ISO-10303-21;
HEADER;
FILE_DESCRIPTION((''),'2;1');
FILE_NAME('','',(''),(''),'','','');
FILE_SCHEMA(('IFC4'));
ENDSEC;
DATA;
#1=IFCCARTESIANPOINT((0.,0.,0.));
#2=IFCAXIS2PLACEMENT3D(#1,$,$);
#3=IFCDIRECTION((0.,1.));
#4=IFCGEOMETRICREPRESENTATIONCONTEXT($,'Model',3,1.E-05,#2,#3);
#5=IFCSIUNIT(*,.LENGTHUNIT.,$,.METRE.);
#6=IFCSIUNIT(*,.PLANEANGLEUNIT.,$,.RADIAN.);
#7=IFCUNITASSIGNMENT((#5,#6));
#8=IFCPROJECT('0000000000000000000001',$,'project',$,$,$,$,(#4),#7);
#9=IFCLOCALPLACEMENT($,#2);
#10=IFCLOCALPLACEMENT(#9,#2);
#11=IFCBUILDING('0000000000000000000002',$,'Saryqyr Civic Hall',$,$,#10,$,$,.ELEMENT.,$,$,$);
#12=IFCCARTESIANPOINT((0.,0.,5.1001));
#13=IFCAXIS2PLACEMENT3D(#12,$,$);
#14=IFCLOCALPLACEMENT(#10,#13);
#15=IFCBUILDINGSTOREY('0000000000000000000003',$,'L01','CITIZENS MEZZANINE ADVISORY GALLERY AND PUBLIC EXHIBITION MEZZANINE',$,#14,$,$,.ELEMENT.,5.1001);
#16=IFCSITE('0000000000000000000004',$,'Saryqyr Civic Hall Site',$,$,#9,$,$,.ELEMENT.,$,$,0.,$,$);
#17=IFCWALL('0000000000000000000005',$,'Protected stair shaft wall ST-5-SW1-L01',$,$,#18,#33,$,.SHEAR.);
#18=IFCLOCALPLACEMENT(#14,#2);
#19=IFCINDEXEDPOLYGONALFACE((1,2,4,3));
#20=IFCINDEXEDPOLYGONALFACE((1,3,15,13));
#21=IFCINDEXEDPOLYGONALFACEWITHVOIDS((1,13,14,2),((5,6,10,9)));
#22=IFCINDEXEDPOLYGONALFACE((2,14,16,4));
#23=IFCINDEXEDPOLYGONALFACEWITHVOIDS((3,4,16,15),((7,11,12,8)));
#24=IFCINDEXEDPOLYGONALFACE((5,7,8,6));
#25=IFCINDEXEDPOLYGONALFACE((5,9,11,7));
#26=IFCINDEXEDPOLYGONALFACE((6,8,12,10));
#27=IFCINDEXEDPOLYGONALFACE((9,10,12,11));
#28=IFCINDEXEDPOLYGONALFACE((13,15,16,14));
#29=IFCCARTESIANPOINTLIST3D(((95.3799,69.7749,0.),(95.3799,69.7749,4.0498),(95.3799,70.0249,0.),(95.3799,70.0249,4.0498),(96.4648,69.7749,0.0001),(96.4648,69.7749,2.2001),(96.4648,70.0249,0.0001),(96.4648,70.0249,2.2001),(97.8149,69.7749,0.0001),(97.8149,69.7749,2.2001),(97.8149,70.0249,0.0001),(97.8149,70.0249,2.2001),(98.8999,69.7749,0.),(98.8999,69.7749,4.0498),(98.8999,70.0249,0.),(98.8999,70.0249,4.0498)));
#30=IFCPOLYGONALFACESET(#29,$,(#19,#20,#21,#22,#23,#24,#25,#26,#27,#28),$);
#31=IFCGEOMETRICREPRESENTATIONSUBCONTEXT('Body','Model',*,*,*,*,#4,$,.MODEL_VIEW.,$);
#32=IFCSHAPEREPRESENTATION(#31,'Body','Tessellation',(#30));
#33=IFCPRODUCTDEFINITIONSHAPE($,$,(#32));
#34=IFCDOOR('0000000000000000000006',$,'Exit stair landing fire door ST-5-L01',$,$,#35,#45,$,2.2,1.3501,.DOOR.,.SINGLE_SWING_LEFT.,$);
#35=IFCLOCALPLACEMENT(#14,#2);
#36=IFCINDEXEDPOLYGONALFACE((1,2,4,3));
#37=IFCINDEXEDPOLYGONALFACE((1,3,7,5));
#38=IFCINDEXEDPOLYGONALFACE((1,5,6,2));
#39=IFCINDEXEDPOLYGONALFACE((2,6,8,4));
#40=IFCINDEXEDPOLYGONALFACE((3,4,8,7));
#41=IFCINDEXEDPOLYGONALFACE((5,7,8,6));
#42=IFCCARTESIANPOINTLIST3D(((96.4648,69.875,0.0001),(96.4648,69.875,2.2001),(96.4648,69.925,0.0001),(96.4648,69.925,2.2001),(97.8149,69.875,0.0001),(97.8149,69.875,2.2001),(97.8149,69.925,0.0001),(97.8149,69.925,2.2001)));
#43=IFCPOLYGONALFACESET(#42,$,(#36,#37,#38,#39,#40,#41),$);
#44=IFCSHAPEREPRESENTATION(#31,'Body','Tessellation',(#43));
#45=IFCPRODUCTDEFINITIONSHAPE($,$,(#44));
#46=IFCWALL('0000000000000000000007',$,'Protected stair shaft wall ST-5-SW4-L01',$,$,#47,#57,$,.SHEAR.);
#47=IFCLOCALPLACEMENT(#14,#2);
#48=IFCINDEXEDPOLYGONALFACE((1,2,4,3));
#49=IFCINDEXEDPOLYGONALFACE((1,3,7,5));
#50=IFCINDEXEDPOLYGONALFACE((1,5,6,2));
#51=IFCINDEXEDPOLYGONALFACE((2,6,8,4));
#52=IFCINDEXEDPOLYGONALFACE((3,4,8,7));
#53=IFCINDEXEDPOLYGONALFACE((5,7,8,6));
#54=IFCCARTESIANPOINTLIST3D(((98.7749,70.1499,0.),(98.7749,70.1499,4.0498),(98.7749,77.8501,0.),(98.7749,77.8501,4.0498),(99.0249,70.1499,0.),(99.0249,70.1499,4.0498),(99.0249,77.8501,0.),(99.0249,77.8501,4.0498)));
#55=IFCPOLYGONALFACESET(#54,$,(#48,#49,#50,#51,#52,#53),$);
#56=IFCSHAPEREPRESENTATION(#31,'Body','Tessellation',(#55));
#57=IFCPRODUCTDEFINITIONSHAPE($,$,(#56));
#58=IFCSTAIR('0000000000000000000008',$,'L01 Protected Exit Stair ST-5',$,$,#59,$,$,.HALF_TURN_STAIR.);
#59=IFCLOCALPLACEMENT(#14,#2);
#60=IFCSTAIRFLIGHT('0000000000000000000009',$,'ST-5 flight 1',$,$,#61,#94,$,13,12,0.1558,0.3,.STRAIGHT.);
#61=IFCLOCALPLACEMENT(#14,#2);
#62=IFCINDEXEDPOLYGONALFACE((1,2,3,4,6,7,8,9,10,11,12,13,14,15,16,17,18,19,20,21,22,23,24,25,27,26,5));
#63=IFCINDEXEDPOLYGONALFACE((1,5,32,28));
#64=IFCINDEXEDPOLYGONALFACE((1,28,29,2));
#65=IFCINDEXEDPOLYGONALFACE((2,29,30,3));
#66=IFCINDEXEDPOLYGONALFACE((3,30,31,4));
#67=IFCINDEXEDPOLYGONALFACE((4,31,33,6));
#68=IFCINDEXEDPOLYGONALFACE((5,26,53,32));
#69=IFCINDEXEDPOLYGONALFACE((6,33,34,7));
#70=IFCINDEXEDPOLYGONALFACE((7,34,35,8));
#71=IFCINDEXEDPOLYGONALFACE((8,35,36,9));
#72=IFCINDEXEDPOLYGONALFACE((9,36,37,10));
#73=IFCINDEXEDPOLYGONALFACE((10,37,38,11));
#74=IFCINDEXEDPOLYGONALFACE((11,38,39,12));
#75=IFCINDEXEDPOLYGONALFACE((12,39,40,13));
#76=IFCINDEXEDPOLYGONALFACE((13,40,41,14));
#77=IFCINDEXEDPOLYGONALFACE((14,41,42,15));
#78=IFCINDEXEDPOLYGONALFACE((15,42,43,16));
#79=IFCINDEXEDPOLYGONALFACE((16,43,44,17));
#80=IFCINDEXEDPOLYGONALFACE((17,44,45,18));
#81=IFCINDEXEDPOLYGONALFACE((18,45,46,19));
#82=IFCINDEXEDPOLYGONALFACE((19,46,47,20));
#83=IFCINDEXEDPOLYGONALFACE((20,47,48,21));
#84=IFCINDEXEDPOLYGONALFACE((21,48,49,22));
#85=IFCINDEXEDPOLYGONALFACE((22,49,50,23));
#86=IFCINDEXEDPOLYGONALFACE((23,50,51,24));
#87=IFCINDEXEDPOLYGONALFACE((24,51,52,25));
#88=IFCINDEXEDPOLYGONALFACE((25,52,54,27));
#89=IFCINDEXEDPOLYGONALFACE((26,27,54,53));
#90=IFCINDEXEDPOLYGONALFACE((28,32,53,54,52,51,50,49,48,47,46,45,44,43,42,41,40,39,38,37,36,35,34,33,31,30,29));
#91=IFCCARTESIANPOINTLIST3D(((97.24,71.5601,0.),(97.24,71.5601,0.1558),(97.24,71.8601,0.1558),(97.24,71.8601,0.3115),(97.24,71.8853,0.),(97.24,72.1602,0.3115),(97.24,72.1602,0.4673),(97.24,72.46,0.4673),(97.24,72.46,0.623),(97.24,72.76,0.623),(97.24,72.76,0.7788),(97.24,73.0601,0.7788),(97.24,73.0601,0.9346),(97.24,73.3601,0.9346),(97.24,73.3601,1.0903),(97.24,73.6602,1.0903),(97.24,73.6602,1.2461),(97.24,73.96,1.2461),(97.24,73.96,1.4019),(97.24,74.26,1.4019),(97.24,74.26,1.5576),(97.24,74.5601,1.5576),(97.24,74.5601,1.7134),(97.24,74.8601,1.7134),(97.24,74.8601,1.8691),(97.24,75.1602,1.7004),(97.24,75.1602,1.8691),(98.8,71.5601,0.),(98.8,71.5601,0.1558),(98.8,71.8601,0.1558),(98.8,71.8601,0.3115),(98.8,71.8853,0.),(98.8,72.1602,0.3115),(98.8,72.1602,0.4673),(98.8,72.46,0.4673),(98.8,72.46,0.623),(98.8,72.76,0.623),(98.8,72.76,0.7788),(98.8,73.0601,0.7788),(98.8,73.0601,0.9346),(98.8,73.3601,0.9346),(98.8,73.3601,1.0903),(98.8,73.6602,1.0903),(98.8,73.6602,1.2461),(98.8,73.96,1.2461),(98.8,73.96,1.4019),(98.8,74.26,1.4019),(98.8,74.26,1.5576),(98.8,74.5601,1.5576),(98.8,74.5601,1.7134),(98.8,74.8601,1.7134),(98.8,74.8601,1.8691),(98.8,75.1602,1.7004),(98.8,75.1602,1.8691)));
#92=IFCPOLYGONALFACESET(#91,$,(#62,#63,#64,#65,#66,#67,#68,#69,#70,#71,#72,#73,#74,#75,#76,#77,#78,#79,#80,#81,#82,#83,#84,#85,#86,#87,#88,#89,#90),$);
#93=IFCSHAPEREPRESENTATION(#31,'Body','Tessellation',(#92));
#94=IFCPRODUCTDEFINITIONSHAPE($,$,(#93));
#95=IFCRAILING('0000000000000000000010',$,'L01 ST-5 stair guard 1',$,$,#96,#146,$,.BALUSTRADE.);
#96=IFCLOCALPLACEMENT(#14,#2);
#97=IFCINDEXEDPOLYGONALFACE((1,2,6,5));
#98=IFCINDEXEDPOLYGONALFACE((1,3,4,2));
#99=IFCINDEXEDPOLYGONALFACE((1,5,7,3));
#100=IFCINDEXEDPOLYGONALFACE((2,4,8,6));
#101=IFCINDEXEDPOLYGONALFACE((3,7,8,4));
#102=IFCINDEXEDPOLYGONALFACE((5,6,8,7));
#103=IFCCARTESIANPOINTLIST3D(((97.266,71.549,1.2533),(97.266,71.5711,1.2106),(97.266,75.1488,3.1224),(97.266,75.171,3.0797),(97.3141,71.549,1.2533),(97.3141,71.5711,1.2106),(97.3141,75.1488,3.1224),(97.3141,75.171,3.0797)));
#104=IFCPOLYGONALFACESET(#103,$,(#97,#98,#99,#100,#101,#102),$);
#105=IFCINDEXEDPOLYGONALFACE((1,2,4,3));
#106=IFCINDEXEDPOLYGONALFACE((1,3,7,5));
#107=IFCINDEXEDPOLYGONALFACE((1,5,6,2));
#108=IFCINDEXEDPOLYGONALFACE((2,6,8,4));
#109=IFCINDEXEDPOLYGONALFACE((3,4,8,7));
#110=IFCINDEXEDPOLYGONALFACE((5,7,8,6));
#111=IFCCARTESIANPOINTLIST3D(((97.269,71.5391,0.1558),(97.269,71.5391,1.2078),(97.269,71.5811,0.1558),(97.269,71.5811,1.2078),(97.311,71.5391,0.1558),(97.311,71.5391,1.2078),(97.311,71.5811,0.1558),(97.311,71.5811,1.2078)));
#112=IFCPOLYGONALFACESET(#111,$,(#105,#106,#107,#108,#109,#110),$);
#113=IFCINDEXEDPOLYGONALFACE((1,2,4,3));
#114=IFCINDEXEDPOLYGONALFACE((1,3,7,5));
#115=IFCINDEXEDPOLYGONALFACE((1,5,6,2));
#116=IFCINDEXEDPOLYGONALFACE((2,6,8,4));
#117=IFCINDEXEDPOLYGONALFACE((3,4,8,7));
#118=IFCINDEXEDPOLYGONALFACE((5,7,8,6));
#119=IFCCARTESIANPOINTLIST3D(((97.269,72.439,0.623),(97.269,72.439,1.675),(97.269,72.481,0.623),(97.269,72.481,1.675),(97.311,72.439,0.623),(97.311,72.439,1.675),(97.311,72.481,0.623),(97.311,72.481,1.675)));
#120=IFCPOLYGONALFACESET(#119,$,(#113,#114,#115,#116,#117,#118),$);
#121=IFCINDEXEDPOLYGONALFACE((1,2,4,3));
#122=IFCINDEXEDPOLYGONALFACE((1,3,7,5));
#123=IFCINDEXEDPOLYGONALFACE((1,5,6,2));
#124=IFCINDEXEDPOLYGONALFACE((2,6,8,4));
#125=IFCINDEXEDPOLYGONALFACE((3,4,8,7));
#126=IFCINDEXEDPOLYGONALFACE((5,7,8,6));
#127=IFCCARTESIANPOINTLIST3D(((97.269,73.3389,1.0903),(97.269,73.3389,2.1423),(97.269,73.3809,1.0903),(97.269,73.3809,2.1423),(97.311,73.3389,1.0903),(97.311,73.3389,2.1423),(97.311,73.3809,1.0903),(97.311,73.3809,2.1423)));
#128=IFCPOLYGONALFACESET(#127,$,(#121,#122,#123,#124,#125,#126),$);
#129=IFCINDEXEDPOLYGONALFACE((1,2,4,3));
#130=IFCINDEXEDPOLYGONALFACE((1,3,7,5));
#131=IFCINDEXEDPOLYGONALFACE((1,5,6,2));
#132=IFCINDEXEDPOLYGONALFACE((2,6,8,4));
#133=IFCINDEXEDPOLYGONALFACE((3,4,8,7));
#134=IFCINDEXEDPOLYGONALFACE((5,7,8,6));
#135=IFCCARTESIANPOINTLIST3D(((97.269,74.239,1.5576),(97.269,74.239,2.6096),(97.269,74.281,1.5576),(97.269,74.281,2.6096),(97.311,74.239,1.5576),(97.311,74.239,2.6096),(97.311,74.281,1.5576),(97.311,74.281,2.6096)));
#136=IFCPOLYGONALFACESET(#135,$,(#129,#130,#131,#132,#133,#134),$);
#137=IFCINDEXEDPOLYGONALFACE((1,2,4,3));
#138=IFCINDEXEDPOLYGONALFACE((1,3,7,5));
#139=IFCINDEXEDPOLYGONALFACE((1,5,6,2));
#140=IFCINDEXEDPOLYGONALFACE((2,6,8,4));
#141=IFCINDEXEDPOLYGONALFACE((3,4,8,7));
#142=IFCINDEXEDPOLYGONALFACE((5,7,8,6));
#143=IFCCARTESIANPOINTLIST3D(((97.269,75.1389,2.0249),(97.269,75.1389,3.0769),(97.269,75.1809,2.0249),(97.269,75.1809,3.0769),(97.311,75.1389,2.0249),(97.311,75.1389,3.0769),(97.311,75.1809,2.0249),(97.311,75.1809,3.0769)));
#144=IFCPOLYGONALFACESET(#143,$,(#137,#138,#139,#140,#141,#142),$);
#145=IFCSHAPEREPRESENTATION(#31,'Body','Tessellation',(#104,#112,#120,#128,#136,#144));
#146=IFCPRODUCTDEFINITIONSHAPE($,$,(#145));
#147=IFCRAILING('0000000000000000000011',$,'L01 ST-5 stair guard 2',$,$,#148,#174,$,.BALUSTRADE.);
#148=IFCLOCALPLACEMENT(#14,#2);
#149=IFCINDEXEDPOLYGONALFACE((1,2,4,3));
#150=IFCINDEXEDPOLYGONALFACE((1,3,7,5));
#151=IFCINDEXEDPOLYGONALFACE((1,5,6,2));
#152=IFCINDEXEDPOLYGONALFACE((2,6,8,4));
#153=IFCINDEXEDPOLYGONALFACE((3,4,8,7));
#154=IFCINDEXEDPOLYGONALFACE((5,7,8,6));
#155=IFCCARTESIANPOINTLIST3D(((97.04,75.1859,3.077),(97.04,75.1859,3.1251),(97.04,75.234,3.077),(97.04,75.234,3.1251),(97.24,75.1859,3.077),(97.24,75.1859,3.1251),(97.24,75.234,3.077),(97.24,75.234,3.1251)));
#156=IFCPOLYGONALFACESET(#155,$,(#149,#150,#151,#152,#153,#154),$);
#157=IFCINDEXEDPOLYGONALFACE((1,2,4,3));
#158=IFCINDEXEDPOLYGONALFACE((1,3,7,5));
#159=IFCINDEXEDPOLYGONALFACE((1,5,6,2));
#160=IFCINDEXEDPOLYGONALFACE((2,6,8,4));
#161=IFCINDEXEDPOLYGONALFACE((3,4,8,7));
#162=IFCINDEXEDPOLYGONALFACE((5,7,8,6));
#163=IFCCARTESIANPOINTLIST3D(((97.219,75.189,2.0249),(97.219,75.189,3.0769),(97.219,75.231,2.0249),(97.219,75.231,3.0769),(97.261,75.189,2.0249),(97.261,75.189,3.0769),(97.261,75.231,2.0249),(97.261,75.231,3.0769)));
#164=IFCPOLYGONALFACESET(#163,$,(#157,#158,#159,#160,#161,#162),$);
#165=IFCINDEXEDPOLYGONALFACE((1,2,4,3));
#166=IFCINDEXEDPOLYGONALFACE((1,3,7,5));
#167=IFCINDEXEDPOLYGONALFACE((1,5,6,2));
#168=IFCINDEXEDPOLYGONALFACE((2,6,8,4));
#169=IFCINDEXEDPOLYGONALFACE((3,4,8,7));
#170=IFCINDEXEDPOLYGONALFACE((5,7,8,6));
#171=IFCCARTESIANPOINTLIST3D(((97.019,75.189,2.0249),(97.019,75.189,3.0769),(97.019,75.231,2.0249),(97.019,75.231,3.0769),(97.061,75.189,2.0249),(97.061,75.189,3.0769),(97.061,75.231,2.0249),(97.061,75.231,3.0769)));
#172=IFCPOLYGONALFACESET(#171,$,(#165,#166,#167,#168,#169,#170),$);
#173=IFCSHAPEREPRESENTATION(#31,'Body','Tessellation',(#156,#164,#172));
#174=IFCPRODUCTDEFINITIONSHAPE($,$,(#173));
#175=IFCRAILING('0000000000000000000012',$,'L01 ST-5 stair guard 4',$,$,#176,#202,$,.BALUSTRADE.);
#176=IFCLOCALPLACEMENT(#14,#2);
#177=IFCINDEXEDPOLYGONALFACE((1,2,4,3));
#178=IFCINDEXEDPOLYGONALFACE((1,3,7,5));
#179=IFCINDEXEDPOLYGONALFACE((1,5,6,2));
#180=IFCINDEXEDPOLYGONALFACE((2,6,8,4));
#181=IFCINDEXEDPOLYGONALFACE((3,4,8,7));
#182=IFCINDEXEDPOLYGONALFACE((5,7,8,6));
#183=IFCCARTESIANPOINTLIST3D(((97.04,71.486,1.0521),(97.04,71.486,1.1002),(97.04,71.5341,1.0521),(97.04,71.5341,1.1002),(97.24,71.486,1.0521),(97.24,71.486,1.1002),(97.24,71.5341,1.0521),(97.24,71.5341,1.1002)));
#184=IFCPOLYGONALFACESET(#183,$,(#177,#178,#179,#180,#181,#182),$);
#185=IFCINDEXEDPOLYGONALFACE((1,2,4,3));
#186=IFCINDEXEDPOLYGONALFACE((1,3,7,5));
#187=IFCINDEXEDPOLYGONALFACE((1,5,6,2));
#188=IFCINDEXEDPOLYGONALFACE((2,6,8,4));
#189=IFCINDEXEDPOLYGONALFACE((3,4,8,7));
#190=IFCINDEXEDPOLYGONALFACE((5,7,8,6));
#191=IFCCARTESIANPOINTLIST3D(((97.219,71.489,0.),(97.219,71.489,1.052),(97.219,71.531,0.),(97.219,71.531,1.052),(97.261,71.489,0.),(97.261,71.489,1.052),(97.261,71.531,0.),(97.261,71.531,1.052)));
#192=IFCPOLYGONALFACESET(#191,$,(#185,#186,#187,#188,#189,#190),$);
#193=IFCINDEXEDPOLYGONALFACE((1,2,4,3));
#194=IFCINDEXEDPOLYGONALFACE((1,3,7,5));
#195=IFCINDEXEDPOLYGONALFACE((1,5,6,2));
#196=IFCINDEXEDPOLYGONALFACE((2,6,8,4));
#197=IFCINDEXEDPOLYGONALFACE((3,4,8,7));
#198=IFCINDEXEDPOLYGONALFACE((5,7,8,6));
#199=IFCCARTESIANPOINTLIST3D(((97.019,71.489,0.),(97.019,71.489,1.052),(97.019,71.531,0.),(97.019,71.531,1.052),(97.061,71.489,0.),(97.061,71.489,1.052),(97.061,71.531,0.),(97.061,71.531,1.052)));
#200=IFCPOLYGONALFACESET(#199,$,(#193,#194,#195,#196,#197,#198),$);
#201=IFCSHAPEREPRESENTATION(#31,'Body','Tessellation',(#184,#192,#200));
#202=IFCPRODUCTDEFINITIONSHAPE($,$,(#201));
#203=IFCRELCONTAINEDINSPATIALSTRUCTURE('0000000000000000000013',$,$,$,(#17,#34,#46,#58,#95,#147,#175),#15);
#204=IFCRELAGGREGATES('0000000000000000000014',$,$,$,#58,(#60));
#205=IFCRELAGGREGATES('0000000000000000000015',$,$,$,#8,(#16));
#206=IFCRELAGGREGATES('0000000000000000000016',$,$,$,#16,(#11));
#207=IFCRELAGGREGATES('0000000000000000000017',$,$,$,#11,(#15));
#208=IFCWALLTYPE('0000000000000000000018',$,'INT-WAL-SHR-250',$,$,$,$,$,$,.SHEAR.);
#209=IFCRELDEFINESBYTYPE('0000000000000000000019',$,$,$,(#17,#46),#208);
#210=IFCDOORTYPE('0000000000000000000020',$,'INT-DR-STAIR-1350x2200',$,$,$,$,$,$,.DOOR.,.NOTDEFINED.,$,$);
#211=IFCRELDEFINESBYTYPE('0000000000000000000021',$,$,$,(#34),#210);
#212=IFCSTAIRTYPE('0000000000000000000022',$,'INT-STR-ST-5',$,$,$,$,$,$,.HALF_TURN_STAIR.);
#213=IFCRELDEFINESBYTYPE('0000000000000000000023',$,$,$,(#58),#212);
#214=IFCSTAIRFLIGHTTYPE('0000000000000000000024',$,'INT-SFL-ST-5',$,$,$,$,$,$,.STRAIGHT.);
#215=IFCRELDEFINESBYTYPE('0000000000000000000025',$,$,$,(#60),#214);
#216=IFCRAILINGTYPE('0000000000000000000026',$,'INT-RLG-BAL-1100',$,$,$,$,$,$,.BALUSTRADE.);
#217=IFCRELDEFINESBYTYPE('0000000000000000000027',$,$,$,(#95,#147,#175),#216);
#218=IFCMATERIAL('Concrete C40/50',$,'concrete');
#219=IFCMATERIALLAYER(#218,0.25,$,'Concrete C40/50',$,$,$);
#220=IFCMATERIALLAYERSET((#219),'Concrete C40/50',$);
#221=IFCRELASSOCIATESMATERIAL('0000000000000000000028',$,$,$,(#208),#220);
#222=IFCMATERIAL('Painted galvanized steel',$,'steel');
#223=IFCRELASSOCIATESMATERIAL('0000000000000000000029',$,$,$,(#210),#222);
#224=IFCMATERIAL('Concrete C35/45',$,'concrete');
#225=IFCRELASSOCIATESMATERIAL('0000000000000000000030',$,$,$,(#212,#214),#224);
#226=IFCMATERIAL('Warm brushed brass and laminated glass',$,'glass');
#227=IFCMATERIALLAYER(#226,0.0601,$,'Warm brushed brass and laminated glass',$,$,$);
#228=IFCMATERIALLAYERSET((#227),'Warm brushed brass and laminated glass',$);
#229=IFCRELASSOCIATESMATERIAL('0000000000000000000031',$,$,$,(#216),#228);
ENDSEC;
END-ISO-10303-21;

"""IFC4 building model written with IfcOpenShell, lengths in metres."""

from ifc_helpers import new_model, si_unit, direction, frame, frame_2d, origin, origin_2d, place, context, subcontext, project, spatial, polyline, rectangle, outline, extrude, material, layer, layer_set, type_object, element, fill, aggregate, save


model = new_model("IFC4")

# Units and contexts
model_context = context("Model", 3, precision=1e-05, world=origin(), true_north=direction((0.0, 1.0)))
body_context = subcontext(model_context, "Body", "Model", "MODEL_VIEW")
ifc_project = project(units=[si_unit("LENGTHUNIT", "METRE"), si_unit("PLANEANGLEUNIT", "RADIAN")], contexts=[model_context])

# Site, building, storey
site_placement = place(None, origin())
site = spatial("IfcSite", under=ifc_project, at=site_placement, Name="Saryqyr Civic Hall Site", CompositionType="ELEMENT", RefElevation=0.0)
building_placement = place(site_placement, origin())
building = spatial("IfcBuilding", under=site, at=building_placement, Name="Saryqyr Civic Hall", CompositionType="ELEMENT")
storey_placement = place(building_placement, frame((0.0, 0.0, 5.1001)))
storey = spatial("IfcBuildingStorey", under=building, at=storey_placement, Name="L01", Description="CITIZENS MEZZANINE ADVISORY GALLERY AND PUBLIC EXHIBITION MEZZANINE", CompositionType="ELEMENT", Elevation=5.1001)

# Shared definitions
ifc_material_1 = material(Name="Concrete C40/50", Category="concrete")

# Shared definitions
ifc_material_2 = material(Name="Concrete C35/45", Category="concrete")

# Wall, opening, door
ifc_layer_1 = layer(ifc_material_1, 0.25, Name="Concrete C40/50")
ifc_layer_set_1 = layer_set([ifc_layer_1], Name="Concrete C40/50")
wall_type_1 = type_object("IfcWallType", Name="INT-WAL-SHR-250", PredefinedType="SHEAR", material=ifc_layer_set_1)
wall_1_placement = place(storey_placement, frame((98.8999, 69.8999, 0.0), z_axis=(0.0, 0.0, 1.0), x_axis=(-1.0, 0.0, 0.0)))
wall_1 = element("IfcWall", 1, at=wall_1_placement, inside=storey, type_object=wall_type_1, Name="Protected stair shaft wall ST-5-SW1-L01", PredefinedType="SHEAR", context=body_context, shape_type="SweptSolid", body=[
    extrude(rectangle(XDim=3.52, YDim=0.25, at=frame_2d((1.76, 0.0))), origin(), (0.0, 0.0, 1.0), 4.0498),
])
opening_1_placement = place(wall_1_placement, frame((1.085, 0.0, 0.0)))
opening_1 = element("IfcOpeningElement", 2, at=opening_1_placement, cuts=wall_1, PredefinedType="OPENING", context=body_context, shape_type="SweptSolid", body=[
    extrude(rectangle(XDim=1.3501, YDim=2.2, at=frame_2d((0.675, 1.1001))), frame((0.0, 0.135, 0.0), z_axis=(0.0, -1.0, 0.0), x_axis=(1.0, 0.0, 0.0)), (0.0, 0.0, 1.0), 0.27),
])
ifc_material_3 = material(Name="Painted galvanized steel", Category="steel")
door_type = type_object("IfcDoorType", Name="INT-DR-STAIR-1350x2200", OperationType="NOTDEFINED", PredefinedType="DOOR", material=ifc_material_3)
door_placement = place(opening_1_placement, origin())
door = element("IfcDoor", 3, at=door_placement, inside=storey, type_object=door_type, Name="Exit stair landing fire door ST-5-L01", OperationType="SINGLE_SWING_LEFT", OverallHeight=2.2, OverallWidth=1.3501, PredefinedType="DOOR", context=body_context, shape_type="SweptSolid", body=[
    extrude(rectangle(XDim=1.3501, YDim=2.2, at=frame_2d((0.675, 1.1001))), frame((0.0, 0.0249, 0.0), z_axis=(0.0, -1.0, 0.0), x_axis=(1.0, 0.0, 0.0)), (0.0, 0.0, 1.0), 0.05),
])
fill(opening_1, door)

# Wall
wall_2_placement = place(storey_placement, frame((98.8999, 77.8501, 0.0), z_axis=(0.0, 0.0, 1.0), x_axis=(0.0, -1.0, 0.0)))
element("IfcWall", 4, at=wall_2_placement, inside=storey, type_object=wall_type_1, Name="Protected stair shaft wall ST-5-SW4-L01", PredefinedType="SHEAR", context=body_context, shape_type="SweptSolid", body=[
    extrude(rectangle(XDim=7.7002, YDim=0.25, at=frame_2d((3.8501, 0.0))), origin(), (0.0, 0.0, 1.0), 4.0498),
])

# Stair, stair flight
stair_type = type_object("IfcStairType", Name="INT-STR-ST-5", PredefinedType="HALF_TURN_STAIR", material=ifc_material_2)
stair_placement = place(storey_placement, origin())
stair = element("IfcStair", 5, at=stair_placement, inside=storey, type_object=stair_type, Name="L01 Protected Exit Stair ST-5", PredefinedType="HALF_TURN_STAIR")
stair_flight_type = type_object("IfcStairFlightType", Name="INT-SFL-ST-5", PredefinedType="STRAIGHT", material=ifc_material_2)
stair_flight_placement = place(storey_placement, frame((98.02, 71.5601, 0.0), z_axis=(0.0, 0.0, 1.0), x_axis=(0.0, 1.0, 0.0)))
stair_flight = element("IfcStairFlight", 6, at=stair_flight_placement, type_object=stair_flight_type, Name="ST-5 flight 1", NumberOfRisers=13, NumberOfTreads=12, PredefinedType="STRAIGHT", RiserHeight=0.1558, TreadLength=0.3, context=body_context, shape_type="SweptSolid", body=[
    extrude(outline(polyline([(0.0, 0.0), (0.0, 0.1558), (0.3, 0.1558), (0.3, 0.3115), (0.6001, 0.3115), (0.6001, 0.4673), (0.8999, 0.4673), (0.8999, 0.623), (1.2, 0.623), (1.2, 0.7788), (1.5, 0.7788), (1.5, 0.9346), (1.8, 0.9346), (1.8, 1.0903), (2.1001, 1.0903), (2.1001, 1.2461), (2.3999, 1.2461), (2.3999, 1.4019), (2.7, 1.4019), (2.7, 1.5576), (3.0, 1.5576), (3.0, 1.7134), (3.3, 1.7134), (3.3, 1.8691), (3.6001, 1.8691), (3.6001, 2.0249), (3.6001, 1.7004), (0.3252, 0.0), (0.0, 0.0)])), frame((0.0, 0.78, 0.0), z_axis=(0.0, -1.0, 0.0), x_axis=(1.0, 0.0, 0.0)), (0.0, 0.0, 1.0), 1.5601),
])
aggregate(stair, [stair_flight])

# Railings
ifc_material_4 = material(Name="Warm brushed brass and laminated glass", Category="glass")
ifc_layer_2 = layer(ifc_material_4, 0.0601, Name="Warm brushed brass and laminated glass")
ifc_layer_set_2 = layer_set([ifc_layer_2], Name="Warm brushed brass and laminated glass")
railing_type_1 = type_object("IfcRailingType", Name="INT-RLG-BAL-1100", PredefinedType="BALUSTRADE", material=ifc_layer_set_2)
railing_1_placement = place(storey_placement, frame((97.29, 71.5601, 0.1558)))
element("IfcRailing", 7, at=railing_1_placement, inside=storey, type_object=railing_type_1, Name="L01 ST-5 stair guard 1", PredefinedType="BALUSTRADE", context=body_context, shape_type="SweptSolid", body=[
    extrude(rectangle(XDim=0.0481, YDim=0.0481, at=origin_2d()), frame((0.0, 0.0, 1.0762), z_axis=(0.0, 0.887497, 0.460813), x_axis=(-1.0, 0.0, 0.0)), (0.0, 0.0, 1.0), 4.0562),
    extrude(rectangle(XDim=0.042, YDim=0.042, at=origin_2d()), origin(), (0.0, 0.0, 1.0), 1.052),
    extrude(rectangle(XDim=0.042, YDim=0.042, at=origin_2d()), frame((0.0, 0.8999, 0.4673)), (0.0, 0.0, 1.0), 1.052),
    extrude(rectangle(XDim=0.042, YDim=0.042, at=origin_2d()), frame((0.0, 1.7998, 0.9346)), (0.0, 0.0, 1.0), 1.052),
    extrude(rectangle(XDim=0.042, YDim=0.042, at=origin_2d()), frame((0.0, 2.7, 1.4019)), (0.0, 0.0, 1.0), 1.052),
    extrude(rectangle(XDim=0.042, YDim=0.042, at=origin_2d()), frame((0.0, 3.5999, 1.8691)), (0.0, 0.0, 1.0), 1.052),
])
for number, where, name in (
    (8, (97.24, 75.21, 2.0249), "L01 ST-5 stair guard 2"),
    (9, (97.24, 71.51, 0.0), "L01 ST-5 stair guard 4"),
):
    element("IfcRailing", number, at=place(storey_placement, frame(where)), inside=storey, type_object=railing_type_1, Name=name, PredefinedType="BALUSTRADE", context=body_context, shape_type="SweptSolid", body=[
        extrude(rectangle(XDim=0.0481, YDim=0.0481, at=origin_2d()), frame((0.0, 0.0, 1.0762), z_axis=(-1.0, 0.0, 0.0), x_axis=(0.0, -1.0, 0.0)), (0.0, 0.0, 1.0), 0.2),
        extrude(rectangle(XDim=0.042, YDim=0.042, at=origin_2d()), origin(), (0.0, 0.0, 1.0), 1.052),
        extrude(rectangle(XDim=0.042, YDim=0.042, at=origin_2d()), frame((-0.2, 0.0, 0.0)), (0.0, 0.0, 1.0), 1.052),
    ])

save(model, "model.ifc")
